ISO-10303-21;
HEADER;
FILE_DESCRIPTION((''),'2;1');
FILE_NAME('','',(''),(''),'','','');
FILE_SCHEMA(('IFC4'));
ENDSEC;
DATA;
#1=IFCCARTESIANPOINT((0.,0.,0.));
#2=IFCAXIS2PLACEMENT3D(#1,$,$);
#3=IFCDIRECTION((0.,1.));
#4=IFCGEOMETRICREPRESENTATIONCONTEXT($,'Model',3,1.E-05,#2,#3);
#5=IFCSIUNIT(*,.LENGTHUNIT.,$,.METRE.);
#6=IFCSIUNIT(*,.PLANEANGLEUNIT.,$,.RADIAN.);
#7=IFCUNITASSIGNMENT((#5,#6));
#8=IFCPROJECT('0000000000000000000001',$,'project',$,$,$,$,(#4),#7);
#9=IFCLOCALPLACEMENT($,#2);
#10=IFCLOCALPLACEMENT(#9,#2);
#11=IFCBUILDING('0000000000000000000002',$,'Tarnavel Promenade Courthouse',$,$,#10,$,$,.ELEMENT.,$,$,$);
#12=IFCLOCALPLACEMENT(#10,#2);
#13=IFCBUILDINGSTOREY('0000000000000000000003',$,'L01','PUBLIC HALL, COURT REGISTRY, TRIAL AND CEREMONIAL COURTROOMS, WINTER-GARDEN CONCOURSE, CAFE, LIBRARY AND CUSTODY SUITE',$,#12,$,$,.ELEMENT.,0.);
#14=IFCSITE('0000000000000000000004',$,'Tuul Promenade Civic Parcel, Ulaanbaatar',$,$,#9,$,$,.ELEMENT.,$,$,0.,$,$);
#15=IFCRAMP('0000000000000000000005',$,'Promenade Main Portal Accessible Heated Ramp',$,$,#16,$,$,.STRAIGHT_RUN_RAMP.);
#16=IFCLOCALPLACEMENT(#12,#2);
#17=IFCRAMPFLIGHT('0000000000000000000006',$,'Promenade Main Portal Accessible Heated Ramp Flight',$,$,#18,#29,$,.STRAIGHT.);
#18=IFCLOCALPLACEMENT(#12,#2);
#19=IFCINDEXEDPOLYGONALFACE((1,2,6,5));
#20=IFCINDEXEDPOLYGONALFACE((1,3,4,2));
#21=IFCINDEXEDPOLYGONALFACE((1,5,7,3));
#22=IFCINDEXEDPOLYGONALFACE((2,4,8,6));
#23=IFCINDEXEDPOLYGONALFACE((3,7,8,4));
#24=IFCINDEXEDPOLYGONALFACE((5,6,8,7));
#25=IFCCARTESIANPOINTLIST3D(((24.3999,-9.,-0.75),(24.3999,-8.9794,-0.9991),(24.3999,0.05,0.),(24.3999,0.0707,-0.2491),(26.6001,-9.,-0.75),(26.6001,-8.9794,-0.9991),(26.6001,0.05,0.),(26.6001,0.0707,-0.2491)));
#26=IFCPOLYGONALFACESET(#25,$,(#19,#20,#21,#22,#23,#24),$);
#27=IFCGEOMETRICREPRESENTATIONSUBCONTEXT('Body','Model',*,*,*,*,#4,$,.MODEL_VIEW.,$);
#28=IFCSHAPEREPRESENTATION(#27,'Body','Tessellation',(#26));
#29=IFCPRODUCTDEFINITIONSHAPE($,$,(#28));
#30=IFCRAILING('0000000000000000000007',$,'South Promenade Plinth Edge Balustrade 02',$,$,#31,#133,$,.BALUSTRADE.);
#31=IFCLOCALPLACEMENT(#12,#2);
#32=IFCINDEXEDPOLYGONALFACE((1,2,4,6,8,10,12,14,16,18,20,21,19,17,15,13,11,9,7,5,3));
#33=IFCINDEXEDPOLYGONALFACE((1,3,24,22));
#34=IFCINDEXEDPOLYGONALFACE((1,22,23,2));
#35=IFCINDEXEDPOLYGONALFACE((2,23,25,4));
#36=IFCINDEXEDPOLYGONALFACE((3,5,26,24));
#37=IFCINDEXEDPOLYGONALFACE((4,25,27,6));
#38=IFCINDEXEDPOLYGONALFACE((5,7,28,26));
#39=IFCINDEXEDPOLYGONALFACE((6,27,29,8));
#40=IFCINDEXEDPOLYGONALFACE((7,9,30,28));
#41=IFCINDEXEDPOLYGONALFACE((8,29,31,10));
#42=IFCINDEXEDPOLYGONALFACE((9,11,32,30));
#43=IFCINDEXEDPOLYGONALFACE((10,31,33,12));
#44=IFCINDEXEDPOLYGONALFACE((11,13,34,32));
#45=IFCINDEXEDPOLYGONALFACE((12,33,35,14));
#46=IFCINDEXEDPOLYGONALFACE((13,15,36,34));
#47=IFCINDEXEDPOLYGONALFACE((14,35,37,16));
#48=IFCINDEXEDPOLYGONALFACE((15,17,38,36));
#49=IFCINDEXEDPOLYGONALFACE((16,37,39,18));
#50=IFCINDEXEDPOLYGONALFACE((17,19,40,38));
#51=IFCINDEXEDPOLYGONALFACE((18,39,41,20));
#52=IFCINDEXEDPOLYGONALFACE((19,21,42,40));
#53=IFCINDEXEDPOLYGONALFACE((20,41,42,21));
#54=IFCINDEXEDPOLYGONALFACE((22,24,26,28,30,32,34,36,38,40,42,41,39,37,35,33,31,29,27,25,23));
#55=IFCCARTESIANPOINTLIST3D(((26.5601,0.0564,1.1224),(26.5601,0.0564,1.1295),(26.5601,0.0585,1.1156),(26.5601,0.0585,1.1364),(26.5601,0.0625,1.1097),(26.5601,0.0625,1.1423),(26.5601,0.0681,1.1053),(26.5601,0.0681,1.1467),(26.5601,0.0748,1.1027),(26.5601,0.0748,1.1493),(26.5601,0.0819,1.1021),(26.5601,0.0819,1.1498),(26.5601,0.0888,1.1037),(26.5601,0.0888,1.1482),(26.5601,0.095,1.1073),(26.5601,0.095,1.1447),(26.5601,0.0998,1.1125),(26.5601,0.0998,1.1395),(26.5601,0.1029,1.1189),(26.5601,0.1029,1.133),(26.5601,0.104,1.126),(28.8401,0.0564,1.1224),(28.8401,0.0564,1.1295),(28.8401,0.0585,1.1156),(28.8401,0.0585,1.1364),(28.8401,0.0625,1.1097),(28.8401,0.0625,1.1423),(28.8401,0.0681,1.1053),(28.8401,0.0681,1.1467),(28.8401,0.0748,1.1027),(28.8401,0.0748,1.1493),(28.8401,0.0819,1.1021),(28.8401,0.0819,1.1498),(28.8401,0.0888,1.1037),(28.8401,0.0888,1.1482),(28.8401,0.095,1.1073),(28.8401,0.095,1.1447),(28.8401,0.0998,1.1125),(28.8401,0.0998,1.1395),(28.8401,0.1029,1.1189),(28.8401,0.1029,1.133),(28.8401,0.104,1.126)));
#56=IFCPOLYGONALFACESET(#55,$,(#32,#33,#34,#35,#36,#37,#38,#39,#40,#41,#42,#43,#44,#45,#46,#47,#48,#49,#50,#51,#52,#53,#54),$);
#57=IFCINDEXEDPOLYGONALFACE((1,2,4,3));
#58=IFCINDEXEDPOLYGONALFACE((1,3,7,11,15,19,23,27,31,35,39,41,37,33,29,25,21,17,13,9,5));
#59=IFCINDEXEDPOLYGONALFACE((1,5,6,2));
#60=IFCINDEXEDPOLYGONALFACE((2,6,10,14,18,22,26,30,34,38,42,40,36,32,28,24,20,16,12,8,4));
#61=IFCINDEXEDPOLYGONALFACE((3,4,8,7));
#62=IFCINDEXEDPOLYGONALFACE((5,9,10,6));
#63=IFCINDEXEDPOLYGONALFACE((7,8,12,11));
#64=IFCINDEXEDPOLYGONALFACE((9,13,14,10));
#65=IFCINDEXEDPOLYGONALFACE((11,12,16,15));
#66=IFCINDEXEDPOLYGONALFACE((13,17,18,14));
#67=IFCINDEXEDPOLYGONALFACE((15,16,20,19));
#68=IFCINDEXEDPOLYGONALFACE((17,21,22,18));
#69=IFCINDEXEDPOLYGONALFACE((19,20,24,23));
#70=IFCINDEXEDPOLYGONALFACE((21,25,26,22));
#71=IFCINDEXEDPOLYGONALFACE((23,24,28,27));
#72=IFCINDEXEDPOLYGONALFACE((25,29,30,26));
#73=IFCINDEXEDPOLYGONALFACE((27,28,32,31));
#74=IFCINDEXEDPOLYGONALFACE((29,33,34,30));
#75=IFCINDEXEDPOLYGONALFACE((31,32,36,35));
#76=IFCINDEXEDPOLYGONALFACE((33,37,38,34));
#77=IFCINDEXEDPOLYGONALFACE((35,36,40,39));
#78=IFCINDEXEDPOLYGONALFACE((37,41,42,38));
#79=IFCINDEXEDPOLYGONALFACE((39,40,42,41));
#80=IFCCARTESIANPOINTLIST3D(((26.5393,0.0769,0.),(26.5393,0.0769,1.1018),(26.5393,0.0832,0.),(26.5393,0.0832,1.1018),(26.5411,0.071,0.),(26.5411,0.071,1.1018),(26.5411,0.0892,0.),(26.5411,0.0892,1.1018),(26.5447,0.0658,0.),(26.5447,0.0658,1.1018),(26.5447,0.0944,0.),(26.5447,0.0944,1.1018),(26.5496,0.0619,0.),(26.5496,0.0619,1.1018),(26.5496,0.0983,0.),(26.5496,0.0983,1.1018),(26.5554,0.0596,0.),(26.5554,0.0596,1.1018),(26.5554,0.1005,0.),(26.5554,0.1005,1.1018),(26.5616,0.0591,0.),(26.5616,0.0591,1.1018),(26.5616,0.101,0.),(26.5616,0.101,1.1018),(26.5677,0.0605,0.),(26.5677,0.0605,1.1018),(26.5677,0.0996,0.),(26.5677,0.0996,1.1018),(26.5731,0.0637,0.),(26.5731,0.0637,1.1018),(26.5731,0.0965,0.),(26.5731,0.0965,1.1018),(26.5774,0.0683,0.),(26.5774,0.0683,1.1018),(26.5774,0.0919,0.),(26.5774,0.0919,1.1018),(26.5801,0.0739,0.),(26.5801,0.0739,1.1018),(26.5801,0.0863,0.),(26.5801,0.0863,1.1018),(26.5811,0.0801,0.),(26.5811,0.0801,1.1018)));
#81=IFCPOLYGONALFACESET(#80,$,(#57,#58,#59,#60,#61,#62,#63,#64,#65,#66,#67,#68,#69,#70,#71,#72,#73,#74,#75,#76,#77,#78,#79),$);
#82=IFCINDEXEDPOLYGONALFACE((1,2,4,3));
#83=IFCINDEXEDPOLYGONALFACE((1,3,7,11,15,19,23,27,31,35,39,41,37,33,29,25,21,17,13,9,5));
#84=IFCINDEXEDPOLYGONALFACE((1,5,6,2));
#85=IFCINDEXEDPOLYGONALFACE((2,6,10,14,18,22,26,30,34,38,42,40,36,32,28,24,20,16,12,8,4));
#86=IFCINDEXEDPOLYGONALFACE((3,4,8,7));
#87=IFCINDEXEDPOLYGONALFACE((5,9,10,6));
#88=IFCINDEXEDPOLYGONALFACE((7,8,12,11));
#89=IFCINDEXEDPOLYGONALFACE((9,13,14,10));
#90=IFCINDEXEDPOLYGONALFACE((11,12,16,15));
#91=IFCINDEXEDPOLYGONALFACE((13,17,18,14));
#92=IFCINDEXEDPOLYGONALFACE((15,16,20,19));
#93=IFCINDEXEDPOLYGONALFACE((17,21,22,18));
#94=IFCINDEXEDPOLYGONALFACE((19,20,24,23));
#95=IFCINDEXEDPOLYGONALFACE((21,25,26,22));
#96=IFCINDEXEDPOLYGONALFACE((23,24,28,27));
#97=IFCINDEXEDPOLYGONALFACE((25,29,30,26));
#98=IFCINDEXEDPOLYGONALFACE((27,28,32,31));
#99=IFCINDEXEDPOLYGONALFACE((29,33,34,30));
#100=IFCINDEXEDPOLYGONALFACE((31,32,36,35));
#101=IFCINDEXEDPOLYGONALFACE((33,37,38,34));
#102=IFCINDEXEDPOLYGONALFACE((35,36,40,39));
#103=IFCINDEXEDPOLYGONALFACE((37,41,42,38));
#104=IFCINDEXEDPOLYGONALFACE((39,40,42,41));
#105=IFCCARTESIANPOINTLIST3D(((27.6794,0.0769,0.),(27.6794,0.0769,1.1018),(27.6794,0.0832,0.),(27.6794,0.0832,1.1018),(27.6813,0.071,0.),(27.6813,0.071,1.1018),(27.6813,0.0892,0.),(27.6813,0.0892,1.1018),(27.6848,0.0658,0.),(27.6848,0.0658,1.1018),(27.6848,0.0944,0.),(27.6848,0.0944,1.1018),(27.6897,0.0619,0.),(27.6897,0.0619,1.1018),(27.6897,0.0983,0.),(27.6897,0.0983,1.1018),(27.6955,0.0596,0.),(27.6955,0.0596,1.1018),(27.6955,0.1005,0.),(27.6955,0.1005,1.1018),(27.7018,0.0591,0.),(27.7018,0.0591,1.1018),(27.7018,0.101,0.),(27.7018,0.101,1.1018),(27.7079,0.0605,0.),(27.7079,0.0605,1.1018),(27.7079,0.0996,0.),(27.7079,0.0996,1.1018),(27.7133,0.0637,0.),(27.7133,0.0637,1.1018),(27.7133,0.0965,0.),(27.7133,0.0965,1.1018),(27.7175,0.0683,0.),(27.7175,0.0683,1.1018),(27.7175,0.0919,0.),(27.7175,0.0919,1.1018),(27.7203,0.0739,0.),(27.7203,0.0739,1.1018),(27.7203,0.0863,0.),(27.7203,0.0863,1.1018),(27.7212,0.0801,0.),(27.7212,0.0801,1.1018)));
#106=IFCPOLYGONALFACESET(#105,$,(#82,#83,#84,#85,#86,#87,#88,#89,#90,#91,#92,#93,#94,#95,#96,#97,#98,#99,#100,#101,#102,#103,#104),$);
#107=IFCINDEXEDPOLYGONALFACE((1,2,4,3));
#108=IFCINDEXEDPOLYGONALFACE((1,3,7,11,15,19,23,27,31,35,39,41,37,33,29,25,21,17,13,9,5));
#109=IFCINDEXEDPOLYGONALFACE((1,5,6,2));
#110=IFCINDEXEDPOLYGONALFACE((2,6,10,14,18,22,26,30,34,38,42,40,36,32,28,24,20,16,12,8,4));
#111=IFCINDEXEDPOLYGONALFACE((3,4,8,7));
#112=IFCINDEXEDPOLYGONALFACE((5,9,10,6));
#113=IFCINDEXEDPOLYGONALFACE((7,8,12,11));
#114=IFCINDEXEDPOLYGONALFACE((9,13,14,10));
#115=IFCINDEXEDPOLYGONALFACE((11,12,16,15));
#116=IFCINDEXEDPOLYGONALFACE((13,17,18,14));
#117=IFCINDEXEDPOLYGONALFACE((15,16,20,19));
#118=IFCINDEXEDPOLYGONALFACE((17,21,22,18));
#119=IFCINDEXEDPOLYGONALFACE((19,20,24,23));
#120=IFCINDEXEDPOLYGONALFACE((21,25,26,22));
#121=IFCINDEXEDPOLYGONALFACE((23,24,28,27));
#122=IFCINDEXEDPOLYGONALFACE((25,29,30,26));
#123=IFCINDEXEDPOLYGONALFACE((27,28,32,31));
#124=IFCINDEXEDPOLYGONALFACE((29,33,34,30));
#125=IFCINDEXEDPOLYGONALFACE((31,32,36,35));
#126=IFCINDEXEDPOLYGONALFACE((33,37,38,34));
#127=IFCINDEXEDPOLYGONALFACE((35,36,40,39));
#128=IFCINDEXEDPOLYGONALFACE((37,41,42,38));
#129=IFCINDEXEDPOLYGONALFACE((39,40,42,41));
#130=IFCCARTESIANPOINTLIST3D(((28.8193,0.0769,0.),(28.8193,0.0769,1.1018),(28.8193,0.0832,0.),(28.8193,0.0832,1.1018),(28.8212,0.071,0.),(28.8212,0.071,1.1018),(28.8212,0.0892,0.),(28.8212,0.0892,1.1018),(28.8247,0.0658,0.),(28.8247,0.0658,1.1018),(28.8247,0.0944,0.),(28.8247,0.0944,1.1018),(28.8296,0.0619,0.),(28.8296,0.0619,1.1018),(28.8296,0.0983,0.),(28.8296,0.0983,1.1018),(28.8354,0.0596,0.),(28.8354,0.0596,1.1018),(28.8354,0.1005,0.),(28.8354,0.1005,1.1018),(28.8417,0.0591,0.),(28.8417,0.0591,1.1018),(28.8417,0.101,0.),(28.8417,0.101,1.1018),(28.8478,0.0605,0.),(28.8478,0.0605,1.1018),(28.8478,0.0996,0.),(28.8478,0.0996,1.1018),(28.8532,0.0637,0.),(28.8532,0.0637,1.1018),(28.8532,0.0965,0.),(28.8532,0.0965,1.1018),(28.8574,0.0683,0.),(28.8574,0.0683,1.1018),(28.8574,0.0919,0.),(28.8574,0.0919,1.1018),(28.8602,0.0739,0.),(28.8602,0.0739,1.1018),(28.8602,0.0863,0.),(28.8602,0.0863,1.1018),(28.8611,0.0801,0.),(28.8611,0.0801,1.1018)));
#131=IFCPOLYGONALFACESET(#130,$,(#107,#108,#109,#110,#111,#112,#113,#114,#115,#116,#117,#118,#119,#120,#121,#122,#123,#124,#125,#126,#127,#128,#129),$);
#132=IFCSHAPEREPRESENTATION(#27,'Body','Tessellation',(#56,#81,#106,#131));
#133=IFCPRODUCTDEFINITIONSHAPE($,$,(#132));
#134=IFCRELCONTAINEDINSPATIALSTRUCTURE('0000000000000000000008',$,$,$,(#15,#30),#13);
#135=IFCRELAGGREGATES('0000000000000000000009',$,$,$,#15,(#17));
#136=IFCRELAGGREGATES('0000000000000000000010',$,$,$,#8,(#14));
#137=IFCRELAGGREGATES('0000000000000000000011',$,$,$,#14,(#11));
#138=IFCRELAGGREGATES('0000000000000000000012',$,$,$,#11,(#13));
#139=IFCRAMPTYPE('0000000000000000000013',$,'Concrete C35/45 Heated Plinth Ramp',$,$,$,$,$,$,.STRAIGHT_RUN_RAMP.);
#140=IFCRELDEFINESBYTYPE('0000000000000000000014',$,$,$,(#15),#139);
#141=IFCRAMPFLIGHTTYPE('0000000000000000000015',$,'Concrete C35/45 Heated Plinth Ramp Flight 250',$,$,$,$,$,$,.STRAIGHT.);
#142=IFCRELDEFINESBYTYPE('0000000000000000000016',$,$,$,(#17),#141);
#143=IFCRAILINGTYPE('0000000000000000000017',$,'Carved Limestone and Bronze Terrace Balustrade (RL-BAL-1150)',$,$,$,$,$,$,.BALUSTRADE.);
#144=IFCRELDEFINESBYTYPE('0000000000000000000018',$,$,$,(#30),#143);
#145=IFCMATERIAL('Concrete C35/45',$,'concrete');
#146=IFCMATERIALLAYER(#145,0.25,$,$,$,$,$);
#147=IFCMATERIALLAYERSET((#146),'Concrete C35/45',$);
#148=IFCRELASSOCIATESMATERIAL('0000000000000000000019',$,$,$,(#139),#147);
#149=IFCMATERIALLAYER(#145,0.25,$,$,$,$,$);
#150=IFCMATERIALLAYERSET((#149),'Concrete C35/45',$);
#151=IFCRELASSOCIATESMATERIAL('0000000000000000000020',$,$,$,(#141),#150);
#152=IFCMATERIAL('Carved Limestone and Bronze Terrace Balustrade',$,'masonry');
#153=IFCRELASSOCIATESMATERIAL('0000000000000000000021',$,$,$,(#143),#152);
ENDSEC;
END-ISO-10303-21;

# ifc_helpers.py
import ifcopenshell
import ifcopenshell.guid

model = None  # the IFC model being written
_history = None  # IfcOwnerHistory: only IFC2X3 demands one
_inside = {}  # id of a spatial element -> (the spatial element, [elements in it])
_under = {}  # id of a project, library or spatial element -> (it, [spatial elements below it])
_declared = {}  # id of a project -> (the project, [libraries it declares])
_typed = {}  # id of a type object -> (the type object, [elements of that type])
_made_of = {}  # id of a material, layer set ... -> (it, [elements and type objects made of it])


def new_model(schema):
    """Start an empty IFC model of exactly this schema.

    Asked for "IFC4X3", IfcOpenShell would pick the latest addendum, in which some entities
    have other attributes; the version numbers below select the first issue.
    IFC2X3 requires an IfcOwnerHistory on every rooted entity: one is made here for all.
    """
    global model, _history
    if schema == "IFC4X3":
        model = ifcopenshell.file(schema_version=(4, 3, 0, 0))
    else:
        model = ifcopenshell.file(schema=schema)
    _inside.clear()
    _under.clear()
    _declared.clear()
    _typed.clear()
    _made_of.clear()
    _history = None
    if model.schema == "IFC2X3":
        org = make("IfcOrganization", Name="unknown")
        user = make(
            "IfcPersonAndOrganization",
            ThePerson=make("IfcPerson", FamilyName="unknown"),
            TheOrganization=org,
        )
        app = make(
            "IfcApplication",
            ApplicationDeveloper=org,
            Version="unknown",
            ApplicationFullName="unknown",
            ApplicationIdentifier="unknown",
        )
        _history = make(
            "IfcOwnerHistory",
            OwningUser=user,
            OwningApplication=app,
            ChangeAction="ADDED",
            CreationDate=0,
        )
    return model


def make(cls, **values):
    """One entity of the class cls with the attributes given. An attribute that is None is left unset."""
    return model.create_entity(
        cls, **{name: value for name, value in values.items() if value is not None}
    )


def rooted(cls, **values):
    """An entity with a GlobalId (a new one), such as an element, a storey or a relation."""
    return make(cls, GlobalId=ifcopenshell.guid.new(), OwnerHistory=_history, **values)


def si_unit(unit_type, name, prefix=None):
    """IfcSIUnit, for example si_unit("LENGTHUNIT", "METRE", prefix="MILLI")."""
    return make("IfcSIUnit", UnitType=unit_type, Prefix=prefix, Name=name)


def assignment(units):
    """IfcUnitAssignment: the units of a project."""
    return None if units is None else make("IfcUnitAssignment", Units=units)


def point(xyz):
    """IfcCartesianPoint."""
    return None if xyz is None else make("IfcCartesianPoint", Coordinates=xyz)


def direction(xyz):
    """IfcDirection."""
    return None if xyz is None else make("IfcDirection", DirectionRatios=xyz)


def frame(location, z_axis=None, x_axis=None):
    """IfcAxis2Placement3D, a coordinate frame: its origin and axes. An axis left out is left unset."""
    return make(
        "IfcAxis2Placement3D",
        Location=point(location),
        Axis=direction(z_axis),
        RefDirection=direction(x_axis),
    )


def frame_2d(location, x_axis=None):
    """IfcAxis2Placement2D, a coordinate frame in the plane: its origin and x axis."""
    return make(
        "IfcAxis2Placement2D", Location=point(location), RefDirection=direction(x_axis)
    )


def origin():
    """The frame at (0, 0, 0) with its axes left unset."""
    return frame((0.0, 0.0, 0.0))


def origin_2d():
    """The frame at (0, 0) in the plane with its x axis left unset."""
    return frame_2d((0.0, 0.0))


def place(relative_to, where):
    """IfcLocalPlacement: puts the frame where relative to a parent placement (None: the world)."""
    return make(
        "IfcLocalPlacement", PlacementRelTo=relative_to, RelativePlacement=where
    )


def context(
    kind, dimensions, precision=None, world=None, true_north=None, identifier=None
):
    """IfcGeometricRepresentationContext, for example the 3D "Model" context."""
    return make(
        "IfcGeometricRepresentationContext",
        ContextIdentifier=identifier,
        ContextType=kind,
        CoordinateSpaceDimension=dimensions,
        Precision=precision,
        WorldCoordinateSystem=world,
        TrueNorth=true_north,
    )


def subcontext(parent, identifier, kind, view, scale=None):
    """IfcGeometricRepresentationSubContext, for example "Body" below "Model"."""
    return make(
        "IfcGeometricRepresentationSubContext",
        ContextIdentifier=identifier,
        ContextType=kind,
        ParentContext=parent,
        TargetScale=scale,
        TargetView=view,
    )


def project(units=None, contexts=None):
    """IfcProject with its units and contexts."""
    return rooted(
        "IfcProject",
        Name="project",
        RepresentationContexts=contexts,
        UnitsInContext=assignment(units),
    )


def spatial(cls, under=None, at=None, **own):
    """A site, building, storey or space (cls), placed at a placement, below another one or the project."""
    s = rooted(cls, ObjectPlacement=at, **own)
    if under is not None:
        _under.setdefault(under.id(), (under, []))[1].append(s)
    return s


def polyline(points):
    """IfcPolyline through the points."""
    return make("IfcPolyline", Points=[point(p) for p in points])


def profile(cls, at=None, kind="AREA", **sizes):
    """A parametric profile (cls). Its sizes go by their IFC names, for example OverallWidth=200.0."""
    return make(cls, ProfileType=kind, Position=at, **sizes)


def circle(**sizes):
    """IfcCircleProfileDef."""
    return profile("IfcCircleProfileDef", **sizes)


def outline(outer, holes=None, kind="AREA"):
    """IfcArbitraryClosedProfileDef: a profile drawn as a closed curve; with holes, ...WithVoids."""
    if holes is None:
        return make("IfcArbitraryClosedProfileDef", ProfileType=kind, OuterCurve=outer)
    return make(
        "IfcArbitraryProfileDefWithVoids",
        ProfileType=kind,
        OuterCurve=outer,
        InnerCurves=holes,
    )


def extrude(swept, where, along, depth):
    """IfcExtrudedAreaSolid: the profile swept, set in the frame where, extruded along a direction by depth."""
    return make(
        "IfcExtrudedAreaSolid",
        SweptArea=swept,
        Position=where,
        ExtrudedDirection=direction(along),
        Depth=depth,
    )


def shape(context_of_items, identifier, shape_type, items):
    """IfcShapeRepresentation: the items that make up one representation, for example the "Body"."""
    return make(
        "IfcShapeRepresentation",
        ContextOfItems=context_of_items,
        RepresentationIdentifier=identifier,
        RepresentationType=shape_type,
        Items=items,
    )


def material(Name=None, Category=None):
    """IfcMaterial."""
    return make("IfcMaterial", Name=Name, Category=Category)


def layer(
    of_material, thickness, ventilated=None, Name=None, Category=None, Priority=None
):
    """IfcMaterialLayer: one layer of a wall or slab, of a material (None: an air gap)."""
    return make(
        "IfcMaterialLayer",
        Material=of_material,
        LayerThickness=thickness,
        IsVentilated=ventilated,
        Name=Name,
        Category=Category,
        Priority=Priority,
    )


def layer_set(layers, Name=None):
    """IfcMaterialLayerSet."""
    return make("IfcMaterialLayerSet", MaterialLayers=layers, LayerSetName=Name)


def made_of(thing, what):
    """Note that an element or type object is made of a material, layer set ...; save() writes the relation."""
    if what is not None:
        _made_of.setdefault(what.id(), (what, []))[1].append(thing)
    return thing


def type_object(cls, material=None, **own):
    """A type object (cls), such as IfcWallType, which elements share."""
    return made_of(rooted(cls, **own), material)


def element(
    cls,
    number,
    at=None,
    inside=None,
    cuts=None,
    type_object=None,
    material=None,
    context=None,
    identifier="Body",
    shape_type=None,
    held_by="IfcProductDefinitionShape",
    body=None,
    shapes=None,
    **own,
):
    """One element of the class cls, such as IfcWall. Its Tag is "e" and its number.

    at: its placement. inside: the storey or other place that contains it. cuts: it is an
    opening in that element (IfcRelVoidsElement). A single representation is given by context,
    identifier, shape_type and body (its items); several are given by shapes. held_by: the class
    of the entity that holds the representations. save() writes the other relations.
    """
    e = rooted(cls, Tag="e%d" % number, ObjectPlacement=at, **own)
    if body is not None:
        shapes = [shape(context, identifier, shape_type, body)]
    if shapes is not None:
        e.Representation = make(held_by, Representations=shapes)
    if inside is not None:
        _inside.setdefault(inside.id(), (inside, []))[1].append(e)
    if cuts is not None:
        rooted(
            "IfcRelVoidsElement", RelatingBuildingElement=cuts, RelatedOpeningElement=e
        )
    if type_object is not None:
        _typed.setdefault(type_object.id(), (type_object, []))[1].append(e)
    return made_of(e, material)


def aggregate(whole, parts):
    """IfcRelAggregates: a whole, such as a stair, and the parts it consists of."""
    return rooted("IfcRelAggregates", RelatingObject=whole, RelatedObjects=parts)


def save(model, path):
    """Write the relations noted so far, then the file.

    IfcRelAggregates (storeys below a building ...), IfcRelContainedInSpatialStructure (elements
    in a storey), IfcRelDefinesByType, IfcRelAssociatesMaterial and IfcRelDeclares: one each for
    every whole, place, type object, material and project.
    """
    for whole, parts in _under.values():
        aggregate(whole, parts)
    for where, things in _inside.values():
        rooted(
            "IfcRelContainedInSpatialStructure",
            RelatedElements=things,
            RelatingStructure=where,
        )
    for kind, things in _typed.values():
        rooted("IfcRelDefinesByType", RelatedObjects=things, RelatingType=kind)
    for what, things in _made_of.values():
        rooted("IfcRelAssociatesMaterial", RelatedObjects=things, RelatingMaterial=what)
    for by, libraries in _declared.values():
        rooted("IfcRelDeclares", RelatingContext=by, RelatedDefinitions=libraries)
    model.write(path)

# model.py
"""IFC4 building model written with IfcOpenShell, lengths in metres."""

from ifc_helpers import new_model, si_unit, direction, frame, origin, origin_2d, place, context, subcontext, project, spatial, polyline, circle, outline, extrude, material, layer, layer_set, type_object, element, aggregate, save


model = new_model("IFC4")

# Units and contexts
model_context = context("Model", 3, precision=1e-05, world=origin(), true_north=direction((0.0, 1.0)))
body_context = subcontext(model_context, "Body", "Model", "MODEL_VIEW")
ifc_project = project(units=[si_unit("LENGTHUNIT", "METRE"), si_unit("PLANEANGLEUNIT", "RADIAN")], contexts=[model_context])

# Site, building, storey
site_placement = place(None, origin())
site = spatial("IfcSite", under=ifc_project, at=site_placement, Name="Tuul Promenade Civic Parcel, Ulaanbaatar", CompositionType="ELEMENT", RefElevation=0.0)
building_placement = place(site_placement, origin())
building = spatial("IfcBuilding", under=site, at=building_placement, Name="Tarnavel Promenade Courthouse", CompositionType="ELEMENT")
storey_placement = place(building_placement, origin())
storey = spatial("IfcBuildingStorey", under=building, at=storey_placement, Name="L01", Description="PUBLIC HALL, COURT REGISTRY, TRIAL AND CEREMONIAL COURTROOMS, WINTER-GARDEN CONCOURSE, CAFE, LIBRARY AND CUSTODY SUITE", CompositionType="ELEMENT", Elevation=0.0)

# Shared definitions
ifc_material_1 = material(Name="Concrete C35/45", Category="concrete")

# Ramp, ramp flight
ifc_layer_1 = layer(ifc_material_1, 0.25)
ifc_layer_set_1 = layer_set([ifc_layer_1], Name="Concrete C35/45")
ramp_type = type_object("IfcRampType", Name="Concrete C35/45 Heated Plinth Ramp", PredefinedType="STRAIGHT_RUN_RAMP", material=ifc_layer_set_1)
ramp_placement = place(storey_placement, origin())
ramp = element("IfcRamp", 1, at=ramp_placement, inside=storey, type_object=ramp_type, Name="Promenade Main Portal Accessible Heated Ramp", PredefinedType="STRAIGHT_RUN_RAMP")
ifc_layer_2 = layer(ifc_material_1, 0.25)
ifc_layer_set_2 = layer_set([ifc_layer_2], Name="Concrete C35/45")
ramp_flight_type = type_object("IfcRampFlightType", Name="Concrete C35/45 Heated Plinth Ramp Flight 250", PredefinedType="STRAIGHT", material=ifc_layer_set_2)
ramp_flight_placement = place(storey_placement, frame((24.3999, -9.0, -0.75), z_axis=(0.0, -0.082589, 0.996584), x_axis=(1.0, 0.0, 0.0)))
ramp_flight = element("IfcRampFlight", 2, at=ramp_flight_placement, type_object=ramp_flight_type, Name="Promenade Main Portal Accessible Heated Ramp Flight", PredefinedType="STRAIGHT", context=body_context, shape_type="SweptSolid", body=[
    extrude(outline(polyline([(0.0, 0.0), (2.2002, 0.0), (2.2002, 9.0811), (0.0, 9.0811), (0.0, 0.0)])), origin(), (0.0, 0.0, -1.0), 0.25),
])
aggregate(ramp, [ramp_flight])

# Railing
ifc_material_2 = material(Name="Carved Limestone and Bronze Terrace Balustrade", Category="masonry")
railing_type_1 = type_object("IfcRailingType", Name="Carved Limestone and Bronze Terrace Balustrade (RL-BAL-1150)", PredefinedType="BALUSTRADE", material=ifc_material_2)
railing_1_placement = place(storey_placement, frame((26.5601, 0.0801, 0.0)))
element("IfcRailing", 3, at=railing_1_placement, inside=storey, type_object=railing_type_1, Name="South Promenade Plinth Edge Balustrade 02", PredefinedType="BALUSTRADE", context=body_context, shape_type="SweptSolid", body=[
    extrude(circle(Radius=0.0239, at=origin_2d()), frame((0.0, 0.0, 1.126), z_axis=(1.0, 0.0, 0.0), x_axis=(0.0, 1.0, 0.0)), (0.0, 0.0, 1.0), 2.28),
    extrude(circle(Radius=0.021, at=origin_2d()), origin(), (0.0, 0.0, 1.0), 1.1018),
    extrude(circle(Radius=0.021, at=origin_2d()), frame((1.1401, 0.0, 0.0)), (0.0, 0.0, 1.0), 1.1018),
    extrude(circle(Radius=0.021, at=origin_2d()), frame((2.28, 0.0, 0.0)), (0.0, 0.0, 1.0), 1.1018),
])

save(model, "model.ifc")
